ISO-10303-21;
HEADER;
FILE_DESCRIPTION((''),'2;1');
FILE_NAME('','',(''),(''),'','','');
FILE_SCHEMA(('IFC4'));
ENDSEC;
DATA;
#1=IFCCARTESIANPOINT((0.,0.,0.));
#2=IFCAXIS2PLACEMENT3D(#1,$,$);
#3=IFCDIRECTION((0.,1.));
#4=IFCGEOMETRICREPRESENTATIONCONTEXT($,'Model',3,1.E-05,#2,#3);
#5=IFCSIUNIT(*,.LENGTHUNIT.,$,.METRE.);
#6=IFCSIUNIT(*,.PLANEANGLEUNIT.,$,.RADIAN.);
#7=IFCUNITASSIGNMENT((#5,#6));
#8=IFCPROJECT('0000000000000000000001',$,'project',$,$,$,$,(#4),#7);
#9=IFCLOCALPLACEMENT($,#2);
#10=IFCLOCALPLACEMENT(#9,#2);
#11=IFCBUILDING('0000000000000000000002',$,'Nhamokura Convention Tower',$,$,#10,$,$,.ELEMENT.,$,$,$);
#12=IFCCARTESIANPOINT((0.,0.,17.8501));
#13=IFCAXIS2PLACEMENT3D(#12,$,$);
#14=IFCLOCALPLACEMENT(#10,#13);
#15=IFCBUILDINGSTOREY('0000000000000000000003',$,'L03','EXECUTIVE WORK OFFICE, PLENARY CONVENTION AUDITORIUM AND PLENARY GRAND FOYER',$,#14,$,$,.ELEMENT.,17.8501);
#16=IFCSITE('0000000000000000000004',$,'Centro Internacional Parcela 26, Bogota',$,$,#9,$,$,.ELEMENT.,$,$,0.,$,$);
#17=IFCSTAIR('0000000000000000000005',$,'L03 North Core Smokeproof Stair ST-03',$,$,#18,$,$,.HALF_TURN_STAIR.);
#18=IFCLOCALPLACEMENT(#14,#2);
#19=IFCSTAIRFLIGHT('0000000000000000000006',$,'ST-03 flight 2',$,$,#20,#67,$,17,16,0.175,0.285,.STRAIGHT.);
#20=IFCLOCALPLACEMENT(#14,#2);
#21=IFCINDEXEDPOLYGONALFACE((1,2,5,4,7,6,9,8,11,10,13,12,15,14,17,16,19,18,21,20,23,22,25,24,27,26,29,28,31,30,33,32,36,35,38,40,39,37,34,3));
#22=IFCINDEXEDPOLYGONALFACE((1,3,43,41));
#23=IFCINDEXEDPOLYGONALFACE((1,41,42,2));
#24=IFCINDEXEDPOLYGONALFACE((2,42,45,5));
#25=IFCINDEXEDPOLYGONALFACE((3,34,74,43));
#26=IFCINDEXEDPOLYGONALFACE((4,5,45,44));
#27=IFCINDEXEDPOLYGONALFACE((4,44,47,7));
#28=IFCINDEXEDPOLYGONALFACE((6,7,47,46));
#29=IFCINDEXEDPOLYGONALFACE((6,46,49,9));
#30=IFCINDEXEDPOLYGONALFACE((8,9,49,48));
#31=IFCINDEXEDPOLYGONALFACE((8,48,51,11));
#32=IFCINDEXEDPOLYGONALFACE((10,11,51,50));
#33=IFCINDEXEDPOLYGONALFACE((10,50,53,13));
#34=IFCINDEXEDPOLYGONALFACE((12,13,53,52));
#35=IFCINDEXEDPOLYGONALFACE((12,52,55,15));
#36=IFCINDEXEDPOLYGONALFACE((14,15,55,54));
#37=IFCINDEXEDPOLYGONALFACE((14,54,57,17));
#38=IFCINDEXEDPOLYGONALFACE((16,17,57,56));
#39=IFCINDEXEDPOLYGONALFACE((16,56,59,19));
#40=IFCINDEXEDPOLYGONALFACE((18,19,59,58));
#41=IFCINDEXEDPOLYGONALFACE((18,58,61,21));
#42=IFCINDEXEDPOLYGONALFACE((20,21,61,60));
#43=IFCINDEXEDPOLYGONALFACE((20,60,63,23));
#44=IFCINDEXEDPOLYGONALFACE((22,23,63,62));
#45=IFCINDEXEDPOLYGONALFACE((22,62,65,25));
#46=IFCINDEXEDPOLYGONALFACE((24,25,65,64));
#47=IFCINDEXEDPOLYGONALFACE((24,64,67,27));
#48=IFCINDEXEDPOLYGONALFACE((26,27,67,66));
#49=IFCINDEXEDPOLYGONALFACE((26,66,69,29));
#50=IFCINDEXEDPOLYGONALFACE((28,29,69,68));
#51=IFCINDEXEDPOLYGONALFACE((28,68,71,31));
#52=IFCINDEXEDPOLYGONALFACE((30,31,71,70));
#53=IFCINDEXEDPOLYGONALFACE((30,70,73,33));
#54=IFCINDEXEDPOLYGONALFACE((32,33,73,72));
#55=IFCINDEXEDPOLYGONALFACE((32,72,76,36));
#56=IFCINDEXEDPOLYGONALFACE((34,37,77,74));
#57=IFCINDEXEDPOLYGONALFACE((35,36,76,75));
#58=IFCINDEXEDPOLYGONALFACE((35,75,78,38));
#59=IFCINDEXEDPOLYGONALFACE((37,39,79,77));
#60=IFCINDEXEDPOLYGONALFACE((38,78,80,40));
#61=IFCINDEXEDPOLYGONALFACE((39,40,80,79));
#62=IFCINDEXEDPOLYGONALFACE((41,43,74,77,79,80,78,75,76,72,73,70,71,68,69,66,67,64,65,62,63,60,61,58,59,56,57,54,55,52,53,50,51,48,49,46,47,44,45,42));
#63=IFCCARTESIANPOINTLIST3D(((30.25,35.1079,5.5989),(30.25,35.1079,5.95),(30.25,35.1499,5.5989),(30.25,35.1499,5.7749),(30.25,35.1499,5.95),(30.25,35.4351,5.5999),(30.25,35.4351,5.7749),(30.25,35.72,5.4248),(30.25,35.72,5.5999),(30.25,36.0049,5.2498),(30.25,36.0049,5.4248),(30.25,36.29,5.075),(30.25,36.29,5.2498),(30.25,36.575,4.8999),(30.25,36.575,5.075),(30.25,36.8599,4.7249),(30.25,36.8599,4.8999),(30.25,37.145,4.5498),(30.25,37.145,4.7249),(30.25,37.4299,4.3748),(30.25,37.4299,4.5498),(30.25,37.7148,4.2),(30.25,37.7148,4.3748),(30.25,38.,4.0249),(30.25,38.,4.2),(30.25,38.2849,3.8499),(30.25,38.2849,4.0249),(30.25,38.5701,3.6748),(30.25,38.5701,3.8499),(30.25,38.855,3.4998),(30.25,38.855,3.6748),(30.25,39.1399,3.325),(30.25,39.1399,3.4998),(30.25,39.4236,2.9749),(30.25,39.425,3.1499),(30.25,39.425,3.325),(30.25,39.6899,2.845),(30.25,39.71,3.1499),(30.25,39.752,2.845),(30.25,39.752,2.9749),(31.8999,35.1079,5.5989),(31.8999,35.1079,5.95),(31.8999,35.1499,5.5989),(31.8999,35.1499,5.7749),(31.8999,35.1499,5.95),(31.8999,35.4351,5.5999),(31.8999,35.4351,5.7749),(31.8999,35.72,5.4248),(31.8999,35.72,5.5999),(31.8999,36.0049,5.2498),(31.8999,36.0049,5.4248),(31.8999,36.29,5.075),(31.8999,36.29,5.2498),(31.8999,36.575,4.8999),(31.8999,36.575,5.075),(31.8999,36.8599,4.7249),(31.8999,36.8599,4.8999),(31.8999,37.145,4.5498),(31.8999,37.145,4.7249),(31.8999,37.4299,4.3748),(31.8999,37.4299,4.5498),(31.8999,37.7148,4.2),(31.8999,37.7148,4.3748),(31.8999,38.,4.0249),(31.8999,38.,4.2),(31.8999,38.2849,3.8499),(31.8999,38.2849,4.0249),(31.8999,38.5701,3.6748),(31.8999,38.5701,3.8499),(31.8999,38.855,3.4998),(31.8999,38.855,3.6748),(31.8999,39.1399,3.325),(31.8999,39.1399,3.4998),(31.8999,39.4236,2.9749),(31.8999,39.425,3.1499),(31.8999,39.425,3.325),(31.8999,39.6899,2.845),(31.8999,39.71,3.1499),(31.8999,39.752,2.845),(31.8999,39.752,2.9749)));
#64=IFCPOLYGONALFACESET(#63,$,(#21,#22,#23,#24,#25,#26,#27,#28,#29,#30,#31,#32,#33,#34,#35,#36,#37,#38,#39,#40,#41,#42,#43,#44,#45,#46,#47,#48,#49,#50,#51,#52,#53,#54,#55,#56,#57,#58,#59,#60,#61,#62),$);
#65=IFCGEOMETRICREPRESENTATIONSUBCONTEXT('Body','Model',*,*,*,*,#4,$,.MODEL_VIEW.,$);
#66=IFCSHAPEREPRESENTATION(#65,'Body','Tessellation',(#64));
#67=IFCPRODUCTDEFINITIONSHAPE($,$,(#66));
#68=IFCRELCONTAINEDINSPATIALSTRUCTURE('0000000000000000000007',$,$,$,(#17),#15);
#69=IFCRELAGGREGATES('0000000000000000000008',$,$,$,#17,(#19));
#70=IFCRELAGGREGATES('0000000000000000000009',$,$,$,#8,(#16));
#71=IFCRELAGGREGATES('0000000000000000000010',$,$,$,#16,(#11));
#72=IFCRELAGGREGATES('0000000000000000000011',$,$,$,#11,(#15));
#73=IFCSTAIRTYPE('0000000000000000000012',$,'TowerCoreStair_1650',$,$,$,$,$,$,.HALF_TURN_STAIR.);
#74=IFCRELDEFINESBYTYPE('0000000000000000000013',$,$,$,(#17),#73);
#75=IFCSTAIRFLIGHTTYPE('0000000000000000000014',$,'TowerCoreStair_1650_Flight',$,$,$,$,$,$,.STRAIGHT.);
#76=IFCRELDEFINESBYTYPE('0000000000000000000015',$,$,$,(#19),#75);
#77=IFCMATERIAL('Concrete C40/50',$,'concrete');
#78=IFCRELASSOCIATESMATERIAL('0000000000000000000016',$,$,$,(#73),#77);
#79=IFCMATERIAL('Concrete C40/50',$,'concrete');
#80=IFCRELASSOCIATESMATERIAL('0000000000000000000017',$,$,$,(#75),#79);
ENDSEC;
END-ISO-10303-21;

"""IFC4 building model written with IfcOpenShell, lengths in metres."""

from ifc_helpers import new_model, si_unit, direction, frame, origin, place, context, subcontext, project, spatial, polyline, outline, extrude, material, type_object, element, aggregate, save


model = new_model("IFC4")

# Units and contexts
model_context = context("Model", 3, precision=1e-05, world=origin(), true_north=direction((0.0, 1.0)))
body_context = subcontext(model_context, "Body", "Model", "MODEL_VIEW")
ifc_project = project(units=[si_unit("LENGTHUNIT", "METRE"), si_unit("PLANEANGLEUNIT", "RADIAN")], contexts=[model_context])

# Site, building, storey
site_placement = place(None, origin())
site = spatial("IfcSite", under=ifc_project, at=site_placement, Name="Centro Internacional Parcela 26, Bogota", CompositionType="ELEMENT", RefElevation=0.0)
building_placement = place(site_placement, origin())
building = spatial("IfcBuilding", under=site, at=building_placement, Name="Nhamokura Convention Tower", CompositionType="ELEMENT")
storey_placement = place(building_placement, frame((0.0, 0.0, 17.8501)))
storey = spatial("IfcBuildingStorey", under=building, at=storey_placement, Name="L03", Description="EXECUTIVE WORK OFFICE, PLENARY CONVENTION AUDITORIUM AND PLENARY GRAND FOYER", CompositionType="ELEMENT", Elevation=17.8501)

# Stair, stair flight
ifc_material_1 = material(Name="Concrete C40/50", Category="concrete")
stair_type = type_object("IfcStairType", Name="TowerCoreStair_1650", PredefinedType="HALF_TURN_STAIR", material=ifc_material_1)
stair_placement = place(storey_placement, origin())
stair = element("IfcStair", 1, at=stair_placement, inside=storey, type_object=stair_type, Name="L03 North Core Smokeproof Stair ST-03", PredefinedType="HALF_TURN_STAIR")
ifc_material_2 = material(Name="Concrete C40/50", Category="concrete")
stair_flight_type = type_object("IfcStairFlightType", Name="TowerCoreStair_1650_Flight", PredefinedType="STRAIGHT", material=ifc_material_2)
stair_flight_1_placement = place(storey_placement, frame((31.075, 39.71, 2.9749), z_axis=(0.0, 0.0, 1.0), x_axis=(0.0, -1.0, 0.0)))
stair_flight_1 = element("IfcStairFlight", 2, at=stair_flight_1_placement, type_object=stair_flight_type, Name="ST-03 flight 2", NumberOfRisers=17, NumberOfTreads=16, PredefinedType="STRAIGHT", RiserHeight=0.175, TreadLength=0.285, context=body_context, shape_type="SweptSolid", body=[
    extrude(outline(polyline([(-0.042, 0.0), (0.0, 0.175), (0.2849, 0.175), (0.2849, 0.3501), (0.5701, 0.3501), (0.5701, 0.5249), (0.855, 0.5249), (0.855, 0.7), (1.1399, 0.7), (1.1399, 0.875), (1.425, 0.875), (1.425, 1.05), (1.71, 1.05), (1.71, 1.2251), (1.9951, 1.2251), (1.9951, 1.3999), (2.28, 1.3999), (2.28, 1.575), (2.5649, 1.575), (2.5649, 1.75), (2.8501, 1.75), (2.8501, 1.925), (3.135, 1.925), (3.135, 2.1001), (3.4199, 2.1001), (3.4199, 2.2749), (3.7051, 2.2749), (3.7051, 2.45), (3.99, 2.45), (3.99, 2.625), (4.2749, 2.625), (4.2749, 2.8), (4.5601, 2.8), (4.5601, 2.9751), (4.6021, 2.9751), (4.6021, 2.624), (4.5601, 2.624), (0.2864, 0.0), (0.02, -0.1299), (-0.042, -0.1299), (-0.042, 0.0)])), frame((0.0, 0.825, 0.0), z_axis=(0.0, -1.0, 0.0), x_axis=(1.0, 0.0, 0.0)), (0.0, 0.0, 1.0), 1.6499),
])
aggregate(stair, [stair_flight_1])

save(model, "model.ifc")
